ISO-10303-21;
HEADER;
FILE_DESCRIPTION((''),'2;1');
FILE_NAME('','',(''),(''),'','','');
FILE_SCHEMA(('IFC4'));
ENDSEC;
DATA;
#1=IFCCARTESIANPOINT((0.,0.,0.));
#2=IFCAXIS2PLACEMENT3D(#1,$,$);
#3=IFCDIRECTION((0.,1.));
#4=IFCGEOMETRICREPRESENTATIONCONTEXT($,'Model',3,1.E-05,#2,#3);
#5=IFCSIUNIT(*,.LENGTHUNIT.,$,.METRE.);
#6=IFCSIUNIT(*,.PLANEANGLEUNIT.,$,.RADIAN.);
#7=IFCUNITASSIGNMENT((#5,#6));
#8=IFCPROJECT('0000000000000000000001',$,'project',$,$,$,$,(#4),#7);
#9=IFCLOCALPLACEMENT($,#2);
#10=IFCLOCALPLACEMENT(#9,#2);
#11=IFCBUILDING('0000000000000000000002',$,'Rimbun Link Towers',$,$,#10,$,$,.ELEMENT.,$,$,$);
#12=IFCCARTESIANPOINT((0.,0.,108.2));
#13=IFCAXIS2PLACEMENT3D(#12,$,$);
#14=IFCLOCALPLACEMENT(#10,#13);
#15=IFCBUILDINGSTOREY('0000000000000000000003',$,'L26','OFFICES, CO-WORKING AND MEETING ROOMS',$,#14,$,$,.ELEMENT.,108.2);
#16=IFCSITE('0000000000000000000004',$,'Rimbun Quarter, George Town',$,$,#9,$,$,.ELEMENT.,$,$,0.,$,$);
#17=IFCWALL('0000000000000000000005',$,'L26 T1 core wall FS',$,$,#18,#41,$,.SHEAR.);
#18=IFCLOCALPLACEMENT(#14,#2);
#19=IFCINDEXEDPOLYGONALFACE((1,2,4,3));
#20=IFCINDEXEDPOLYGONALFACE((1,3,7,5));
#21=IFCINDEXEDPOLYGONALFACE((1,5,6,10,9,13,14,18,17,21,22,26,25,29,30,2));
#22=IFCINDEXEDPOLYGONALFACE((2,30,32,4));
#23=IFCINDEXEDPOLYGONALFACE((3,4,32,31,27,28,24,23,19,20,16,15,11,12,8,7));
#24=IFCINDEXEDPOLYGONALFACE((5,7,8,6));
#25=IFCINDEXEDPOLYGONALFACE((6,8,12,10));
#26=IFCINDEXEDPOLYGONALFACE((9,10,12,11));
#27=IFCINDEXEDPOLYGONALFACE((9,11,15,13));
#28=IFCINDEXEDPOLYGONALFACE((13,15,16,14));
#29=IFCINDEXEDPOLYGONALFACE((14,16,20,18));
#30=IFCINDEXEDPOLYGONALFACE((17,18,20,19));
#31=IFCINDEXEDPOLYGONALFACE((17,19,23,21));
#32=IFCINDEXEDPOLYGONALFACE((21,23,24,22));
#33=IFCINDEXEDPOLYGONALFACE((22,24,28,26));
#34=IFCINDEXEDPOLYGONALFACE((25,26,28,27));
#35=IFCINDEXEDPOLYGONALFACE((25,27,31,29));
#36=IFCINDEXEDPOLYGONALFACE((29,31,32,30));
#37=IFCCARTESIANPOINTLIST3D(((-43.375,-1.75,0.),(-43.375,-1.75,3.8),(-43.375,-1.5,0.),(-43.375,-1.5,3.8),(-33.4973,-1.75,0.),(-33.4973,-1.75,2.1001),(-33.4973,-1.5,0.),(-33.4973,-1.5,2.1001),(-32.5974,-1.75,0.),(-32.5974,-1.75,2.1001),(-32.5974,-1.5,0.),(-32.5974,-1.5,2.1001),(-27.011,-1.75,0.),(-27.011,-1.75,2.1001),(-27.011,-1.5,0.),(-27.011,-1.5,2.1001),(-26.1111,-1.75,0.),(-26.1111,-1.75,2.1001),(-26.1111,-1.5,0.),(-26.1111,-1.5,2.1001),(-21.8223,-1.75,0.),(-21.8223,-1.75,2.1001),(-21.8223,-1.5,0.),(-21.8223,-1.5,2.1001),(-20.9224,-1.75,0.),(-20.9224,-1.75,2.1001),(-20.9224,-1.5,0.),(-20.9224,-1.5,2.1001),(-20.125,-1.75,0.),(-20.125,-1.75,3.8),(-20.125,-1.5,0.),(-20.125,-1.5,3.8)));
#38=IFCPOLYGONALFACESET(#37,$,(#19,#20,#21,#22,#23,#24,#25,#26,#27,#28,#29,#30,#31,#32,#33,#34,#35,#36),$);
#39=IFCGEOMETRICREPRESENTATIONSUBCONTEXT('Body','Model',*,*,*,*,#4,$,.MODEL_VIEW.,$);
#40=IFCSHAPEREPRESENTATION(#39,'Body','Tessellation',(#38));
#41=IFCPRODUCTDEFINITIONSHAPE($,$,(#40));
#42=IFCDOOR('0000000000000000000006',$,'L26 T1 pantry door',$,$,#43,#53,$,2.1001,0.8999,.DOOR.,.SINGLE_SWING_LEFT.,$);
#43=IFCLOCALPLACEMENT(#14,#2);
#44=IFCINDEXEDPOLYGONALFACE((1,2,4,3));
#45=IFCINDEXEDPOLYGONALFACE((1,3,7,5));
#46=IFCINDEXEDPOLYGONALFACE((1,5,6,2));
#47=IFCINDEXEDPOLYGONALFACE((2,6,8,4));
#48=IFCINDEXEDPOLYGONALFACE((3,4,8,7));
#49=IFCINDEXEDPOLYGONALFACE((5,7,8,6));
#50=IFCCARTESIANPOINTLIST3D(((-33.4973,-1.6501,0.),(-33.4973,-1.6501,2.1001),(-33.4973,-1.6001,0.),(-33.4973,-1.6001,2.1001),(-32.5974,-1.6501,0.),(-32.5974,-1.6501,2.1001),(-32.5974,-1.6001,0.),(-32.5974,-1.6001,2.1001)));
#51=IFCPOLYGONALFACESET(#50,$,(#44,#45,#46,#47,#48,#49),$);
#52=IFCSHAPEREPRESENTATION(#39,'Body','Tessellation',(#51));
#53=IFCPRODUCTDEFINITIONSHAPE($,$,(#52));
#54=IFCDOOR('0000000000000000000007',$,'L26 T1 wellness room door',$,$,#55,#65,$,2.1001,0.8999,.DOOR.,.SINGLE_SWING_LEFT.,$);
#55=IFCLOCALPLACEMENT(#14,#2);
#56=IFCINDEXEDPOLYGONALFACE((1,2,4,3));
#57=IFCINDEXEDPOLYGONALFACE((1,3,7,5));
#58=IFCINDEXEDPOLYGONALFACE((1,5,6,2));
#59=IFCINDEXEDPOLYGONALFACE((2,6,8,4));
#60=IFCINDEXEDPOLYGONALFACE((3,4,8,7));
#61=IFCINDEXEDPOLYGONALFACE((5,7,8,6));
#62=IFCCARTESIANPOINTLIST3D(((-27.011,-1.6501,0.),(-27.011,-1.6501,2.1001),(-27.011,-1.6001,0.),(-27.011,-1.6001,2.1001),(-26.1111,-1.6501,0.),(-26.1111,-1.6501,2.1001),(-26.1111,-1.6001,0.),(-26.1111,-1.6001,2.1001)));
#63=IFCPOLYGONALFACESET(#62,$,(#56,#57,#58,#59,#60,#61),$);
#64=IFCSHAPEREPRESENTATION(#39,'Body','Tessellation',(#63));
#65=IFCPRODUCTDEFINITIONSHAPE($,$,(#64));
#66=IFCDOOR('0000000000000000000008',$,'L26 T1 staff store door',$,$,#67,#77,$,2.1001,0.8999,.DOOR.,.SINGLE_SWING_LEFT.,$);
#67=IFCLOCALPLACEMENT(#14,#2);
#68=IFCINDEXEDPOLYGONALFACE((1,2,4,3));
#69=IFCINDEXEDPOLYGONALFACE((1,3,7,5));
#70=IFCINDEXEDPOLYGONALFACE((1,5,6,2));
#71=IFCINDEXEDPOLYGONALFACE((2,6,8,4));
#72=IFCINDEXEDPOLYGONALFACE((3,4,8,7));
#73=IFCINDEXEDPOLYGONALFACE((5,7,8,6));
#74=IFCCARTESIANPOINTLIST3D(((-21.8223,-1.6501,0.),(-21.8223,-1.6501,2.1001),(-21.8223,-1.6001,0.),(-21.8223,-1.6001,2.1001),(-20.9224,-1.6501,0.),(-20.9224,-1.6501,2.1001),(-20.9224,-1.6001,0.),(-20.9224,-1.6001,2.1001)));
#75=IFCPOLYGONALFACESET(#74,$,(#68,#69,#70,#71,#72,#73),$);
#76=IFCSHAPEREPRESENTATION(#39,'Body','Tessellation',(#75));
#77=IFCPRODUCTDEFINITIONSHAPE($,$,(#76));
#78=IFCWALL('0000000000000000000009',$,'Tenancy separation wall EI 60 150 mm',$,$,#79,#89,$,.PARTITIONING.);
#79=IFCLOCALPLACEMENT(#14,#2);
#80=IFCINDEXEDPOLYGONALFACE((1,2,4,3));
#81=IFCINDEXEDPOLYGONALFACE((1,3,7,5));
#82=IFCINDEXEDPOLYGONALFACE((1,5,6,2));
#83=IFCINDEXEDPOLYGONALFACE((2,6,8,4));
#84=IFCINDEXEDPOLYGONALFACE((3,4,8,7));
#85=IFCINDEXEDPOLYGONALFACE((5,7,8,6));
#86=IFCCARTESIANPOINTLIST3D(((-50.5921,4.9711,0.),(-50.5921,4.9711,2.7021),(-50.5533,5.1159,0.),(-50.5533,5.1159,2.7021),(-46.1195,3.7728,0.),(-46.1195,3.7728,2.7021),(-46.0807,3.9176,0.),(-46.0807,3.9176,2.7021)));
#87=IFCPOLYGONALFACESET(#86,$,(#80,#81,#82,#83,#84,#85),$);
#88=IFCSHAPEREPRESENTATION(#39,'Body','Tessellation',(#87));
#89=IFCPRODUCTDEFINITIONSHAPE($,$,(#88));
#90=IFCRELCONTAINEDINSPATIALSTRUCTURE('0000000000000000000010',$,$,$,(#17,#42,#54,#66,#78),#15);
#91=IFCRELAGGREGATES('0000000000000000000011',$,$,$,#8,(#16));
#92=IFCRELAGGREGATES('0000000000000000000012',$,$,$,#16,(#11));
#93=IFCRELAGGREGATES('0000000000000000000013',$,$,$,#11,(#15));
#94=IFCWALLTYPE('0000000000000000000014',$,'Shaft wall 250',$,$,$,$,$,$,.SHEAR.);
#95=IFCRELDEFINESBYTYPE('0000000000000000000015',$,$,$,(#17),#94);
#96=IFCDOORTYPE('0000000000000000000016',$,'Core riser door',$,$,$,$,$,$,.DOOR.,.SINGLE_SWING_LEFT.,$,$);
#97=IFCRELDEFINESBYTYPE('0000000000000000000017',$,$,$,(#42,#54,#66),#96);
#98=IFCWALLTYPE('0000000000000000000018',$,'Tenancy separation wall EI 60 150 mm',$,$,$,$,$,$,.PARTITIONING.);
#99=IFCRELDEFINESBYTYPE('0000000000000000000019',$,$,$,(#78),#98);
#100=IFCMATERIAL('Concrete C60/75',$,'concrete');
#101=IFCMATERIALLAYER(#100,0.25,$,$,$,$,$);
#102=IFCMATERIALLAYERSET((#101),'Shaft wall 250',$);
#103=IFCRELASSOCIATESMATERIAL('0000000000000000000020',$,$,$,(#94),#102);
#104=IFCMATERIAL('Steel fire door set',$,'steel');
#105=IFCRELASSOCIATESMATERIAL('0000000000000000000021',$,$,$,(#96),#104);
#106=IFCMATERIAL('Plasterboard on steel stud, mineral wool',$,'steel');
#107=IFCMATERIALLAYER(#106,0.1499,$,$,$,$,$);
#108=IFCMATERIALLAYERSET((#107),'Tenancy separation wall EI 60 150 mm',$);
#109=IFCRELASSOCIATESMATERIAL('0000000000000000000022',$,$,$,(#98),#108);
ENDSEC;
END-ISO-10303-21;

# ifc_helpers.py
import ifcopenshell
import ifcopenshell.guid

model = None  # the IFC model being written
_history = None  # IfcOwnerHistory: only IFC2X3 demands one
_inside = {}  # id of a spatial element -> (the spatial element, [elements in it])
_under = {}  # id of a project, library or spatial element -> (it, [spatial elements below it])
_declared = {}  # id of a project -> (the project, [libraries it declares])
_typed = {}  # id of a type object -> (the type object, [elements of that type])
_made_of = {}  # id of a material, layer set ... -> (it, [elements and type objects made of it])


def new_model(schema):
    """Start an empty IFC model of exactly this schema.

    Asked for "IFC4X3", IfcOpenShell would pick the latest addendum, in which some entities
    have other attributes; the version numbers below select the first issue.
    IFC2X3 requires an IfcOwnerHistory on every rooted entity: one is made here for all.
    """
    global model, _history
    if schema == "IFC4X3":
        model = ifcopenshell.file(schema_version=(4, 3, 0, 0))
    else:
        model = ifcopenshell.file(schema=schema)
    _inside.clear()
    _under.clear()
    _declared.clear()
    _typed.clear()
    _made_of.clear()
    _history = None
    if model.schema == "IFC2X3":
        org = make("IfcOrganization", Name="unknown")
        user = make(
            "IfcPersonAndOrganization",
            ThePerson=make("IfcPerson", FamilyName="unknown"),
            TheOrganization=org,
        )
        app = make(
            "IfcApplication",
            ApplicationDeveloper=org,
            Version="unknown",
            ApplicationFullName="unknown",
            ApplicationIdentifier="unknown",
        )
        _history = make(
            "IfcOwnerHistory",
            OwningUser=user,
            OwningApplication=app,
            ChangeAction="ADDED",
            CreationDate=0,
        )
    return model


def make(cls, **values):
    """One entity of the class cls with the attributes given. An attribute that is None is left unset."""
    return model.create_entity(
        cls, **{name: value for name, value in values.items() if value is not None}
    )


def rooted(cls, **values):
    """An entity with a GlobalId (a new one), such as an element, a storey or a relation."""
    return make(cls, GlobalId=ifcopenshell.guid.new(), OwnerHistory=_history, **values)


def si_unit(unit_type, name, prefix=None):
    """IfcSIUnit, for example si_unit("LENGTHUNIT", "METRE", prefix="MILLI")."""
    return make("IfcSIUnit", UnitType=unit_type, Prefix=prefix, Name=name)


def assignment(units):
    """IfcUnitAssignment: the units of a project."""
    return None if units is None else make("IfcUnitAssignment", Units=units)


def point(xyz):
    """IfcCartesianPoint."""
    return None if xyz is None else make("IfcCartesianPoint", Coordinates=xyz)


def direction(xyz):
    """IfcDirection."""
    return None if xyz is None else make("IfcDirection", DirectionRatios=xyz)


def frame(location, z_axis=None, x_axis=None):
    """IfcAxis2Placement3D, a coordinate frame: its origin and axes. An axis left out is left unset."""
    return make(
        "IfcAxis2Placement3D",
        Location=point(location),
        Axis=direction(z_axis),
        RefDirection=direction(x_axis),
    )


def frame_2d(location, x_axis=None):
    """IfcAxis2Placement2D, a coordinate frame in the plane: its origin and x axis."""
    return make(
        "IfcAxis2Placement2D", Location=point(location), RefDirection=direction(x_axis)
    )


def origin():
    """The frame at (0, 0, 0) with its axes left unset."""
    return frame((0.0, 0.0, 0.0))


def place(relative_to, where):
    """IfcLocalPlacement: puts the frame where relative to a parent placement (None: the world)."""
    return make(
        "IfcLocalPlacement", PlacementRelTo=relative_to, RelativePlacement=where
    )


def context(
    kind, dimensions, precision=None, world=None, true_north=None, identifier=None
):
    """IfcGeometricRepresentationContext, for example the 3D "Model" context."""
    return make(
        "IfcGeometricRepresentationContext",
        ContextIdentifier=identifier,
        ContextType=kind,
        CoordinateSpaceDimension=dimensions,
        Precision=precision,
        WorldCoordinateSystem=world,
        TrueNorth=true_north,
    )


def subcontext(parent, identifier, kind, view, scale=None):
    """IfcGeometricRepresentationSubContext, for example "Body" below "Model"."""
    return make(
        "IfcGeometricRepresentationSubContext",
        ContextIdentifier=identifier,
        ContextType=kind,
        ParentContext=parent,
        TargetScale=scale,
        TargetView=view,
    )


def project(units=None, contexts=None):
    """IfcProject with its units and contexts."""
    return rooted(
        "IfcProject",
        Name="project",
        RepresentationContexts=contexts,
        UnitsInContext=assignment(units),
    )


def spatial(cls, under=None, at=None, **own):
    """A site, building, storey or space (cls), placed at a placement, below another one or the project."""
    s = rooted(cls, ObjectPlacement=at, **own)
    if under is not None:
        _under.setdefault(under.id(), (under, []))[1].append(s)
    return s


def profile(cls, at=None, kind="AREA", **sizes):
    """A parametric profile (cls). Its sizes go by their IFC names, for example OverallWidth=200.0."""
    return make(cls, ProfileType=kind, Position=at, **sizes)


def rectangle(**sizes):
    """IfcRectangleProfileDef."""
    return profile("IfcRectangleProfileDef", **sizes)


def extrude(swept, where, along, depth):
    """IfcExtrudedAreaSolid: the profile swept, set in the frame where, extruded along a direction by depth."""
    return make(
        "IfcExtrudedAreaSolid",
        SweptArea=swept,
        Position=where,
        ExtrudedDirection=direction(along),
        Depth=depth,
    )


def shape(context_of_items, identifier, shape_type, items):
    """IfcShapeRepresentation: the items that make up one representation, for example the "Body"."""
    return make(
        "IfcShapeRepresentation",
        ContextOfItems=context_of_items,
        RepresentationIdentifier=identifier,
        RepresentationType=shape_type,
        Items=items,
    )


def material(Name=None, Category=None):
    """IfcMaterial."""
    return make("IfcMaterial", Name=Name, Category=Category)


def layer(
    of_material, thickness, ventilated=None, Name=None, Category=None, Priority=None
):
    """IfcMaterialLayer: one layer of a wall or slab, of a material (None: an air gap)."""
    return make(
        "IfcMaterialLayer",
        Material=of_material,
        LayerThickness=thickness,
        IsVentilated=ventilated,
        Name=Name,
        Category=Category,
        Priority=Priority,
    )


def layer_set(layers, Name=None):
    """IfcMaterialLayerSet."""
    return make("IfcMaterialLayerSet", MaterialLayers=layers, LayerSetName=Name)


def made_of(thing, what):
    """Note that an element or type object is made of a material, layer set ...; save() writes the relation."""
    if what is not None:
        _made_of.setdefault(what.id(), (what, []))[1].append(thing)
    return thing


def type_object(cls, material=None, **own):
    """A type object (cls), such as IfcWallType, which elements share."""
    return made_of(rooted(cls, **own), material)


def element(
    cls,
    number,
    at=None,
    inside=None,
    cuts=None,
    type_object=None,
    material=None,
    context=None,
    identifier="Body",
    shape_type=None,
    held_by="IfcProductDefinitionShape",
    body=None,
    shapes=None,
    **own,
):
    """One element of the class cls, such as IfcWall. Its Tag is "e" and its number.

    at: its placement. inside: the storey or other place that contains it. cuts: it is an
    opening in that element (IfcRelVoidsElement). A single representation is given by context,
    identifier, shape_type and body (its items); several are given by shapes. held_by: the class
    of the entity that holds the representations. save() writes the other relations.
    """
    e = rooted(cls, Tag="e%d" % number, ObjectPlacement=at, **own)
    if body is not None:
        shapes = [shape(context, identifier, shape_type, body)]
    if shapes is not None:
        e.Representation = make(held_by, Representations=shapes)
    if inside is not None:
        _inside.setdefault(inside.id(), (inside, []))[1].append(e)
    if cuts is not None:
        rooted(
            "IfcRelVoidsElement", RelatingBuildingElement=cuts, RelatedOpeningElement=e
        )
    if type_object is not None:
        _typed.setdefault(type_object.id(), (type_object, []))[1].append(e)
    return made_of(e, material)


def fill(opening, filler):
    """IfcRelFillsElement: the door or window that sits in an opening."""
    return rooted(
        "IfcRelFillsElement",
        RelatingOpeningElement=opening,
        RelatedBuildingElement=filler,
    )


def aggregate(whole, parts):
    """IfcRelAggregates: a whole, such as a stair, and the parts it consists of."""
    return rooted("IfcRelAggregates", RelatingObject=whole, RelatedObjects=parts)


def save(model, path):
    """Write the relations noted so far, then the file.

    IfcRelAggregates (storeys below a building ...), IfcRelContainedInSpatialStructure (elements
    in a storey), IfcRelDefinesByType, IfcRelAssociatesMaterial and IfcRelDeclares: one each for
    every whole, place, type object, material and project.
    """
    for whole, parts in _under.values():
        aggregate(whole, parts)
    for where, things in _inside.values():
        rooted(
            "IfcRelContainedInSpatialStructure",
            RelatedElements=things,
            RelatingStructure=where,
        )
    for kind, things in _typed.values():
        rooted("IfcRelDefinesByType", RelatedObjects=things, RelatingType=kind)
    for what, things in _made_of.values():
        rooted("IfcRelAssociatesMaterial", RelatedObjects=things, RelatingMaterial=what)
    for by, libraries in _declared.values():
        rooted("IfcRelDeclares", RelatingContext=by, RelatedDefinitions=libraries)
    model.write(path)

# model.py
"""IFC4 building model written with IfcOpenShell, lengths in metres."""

from ifc_helpers import new_model, si_unit, direction, frame, frame_2d, origin, place, context, subcontext, project, spatial, rectangle, extrude, material, layer, layer_set, type_object, element, fill, save


model = new_model("IFC4")

# Units and contexts
model_context = context("Model", 3, precision=1e-05, world=origin(), true_north=direction((0.0, 1.0)))
body_context = subcontext(model_context, "Body", "Model", "MODEL_VIEW")
ifc_project = project(units=[si_unit("LENGTHUNIT", "METRE"), si_unit("PLANEANGLEUNIT", "RADIAN")], contexts=[model_context])

# Site, building, storey
site_placement = place(None, origin())
site = spatial("IfcSite", under=ifc_project, at=site_placement, Name="Rimbun Quarter, George Town", CompositionType="ELEMENT", RefElevation=0.0)
building_placement = place(site_placement, origin())
building = spatial("IfcBuilding", under=site, at=building_placement, Name="Rimbun Link Towers", CompositionType="ELEMENT")
storey_placement = place(building_placement, frame((0.0, 0.0, 108.2)))
storey = spatial("IfcBuildingStorey", under=building, at=storey_placement, Name="L26", Description="OFFICES, CO-WORKING AND MEETING ROOMS", CompositionType="ELEMENT", Elevation=108.2)

# Shared definitions
ifc_material_1 = material(Name="Concrete C60/75", Category="concrete")
ifc_layer_1 = layer(ifc_material_1, 0.25)
ifc_layer_set_1 = layer_set([ifc_layer_1], Name="Shaft wall 250")
wall_type_1 = type_object("IfcWallType", Name="Shaft wall 250", PredefinedType="SHEAR", material=ifc_layer_set_1)

# Wall, openings, doors
wall_1_placement = place(storey_placement, frame((-43.375, -1.625, 0.0), z_axis=(0.0, 0.0, 1.0), x_axis=(1.0, 0.0, 0.0)))
wall_1 = element("IfcWall", 1, at=wall_1_placement, inside=storey, type_object=wall_type_1, Name="L26 T1 core wall FS", PredefinedType="SHEAR", context=body_context, shape_type="SweptSolid", body=[
    extrude(rectangle(XDim=23.25, YDim=0.25, at=frame_2d((11.625, 0.0))), origin(), (0.0, 0.0, 1.0), 3.8),
])
opening_1_placement = place(wall_1_placement, frame((9.8777, 0.0, 0.0)))
opening_1 = element("IfcOpeningElement", 2, at=opening_1_placement, cuts=wall_1, PredefinedType="OPENING", context=body_context, shape_type="SweptSolid", body=[
    extrude(rectangle(XDim=0.8999, YDim=2.1001, at=frame_2d((0.45, 1.05))), frame((0.0, 0.135, 0.0), z_axis=(0.0, -1.0, 0.0), x_axis=(1.0, 0.0, 0.0)), (0.0, 0.0, 1.0), 0.27),
])
opening_2_placement = place(wall_1_placement, frame((16.364, 0.0, 0.0)))
opening_2 = element("IfcOpeningElement", 3, at=opening_2_placement, cuts=wall_1, PredefinedType="OPENING", context=body_context, shape_type="SweptSolid", body=[
    extrude(rectangle(XDim=0.8999, YDim=2.1001, at=frame_2d((0.45, 1.05))), frame((0.0, 0.135, 0.0), z_axis=(0.0, -1.0, 0.0), x_axis=(1.0, 0.0, 0.0)), (0.0, 0.0, 1.0), 0.27),
])
opening_3_placement = place(wall_1_placement, frame((21.5527, 0.0, 0.0)))
opening_3 = element("IfcOpeningElement", 4, at=opening_3_placement, cuts=wall_1, PredefinedType="OPENING", context=body_context, shape_type="SweptSolid", body=[
    extrude(rectangle(XDim=0.8999, YDim=2.1001, at=frame_2d((0.45, 1.05))), frame((0.0, 0.135, 0.0), z_axis=(0.0, -1.0, 0.0), x_axis=(1.0, 0.0, 0.0)), (0.0, 0.0, 1.0), 0.27),
])
ifc_material_2 = material(Name="Steel fire door set", Category="steel")
door_type_1 = type_object("IfcDoorType", Name="Core riser door", OperationType="SINGLE_SWING_LEFT", PredefinedType="DOOR", material=ifc_material_2)
door_1_placement = place(opening_1_placement, origin())
door_1 = element("IfcDoor", 5, at=door_1_placement, inside=storey, type_object=door_type_1, Name="L26 T1 pantry door", OperationType="SINGLE_SWING_LEFT", OverallHeight=2.1001, OverallWidth=0.8999, PredefinedType="DOOR", context=body_context, shape_type="SweptSolid", body=[
    extrude(rectangle(XDim=0.8999, YDim=2.1001, at=frame_2d((0.45, 1.05))), frame((0.0, 0.0249, 0.0), z_axis=(0.0, -1.0, 0.0), x_axis=(1.0, 0.0, 0.0)), (0.0, 0.0, 1.0), 0.05),
])
fill(opening_1, door_1)
door_2_placement = place(opening_2_placement, origin())
door_2 = element("IfcDoor", 6, at=door_2_placement, inside=storey, type_object=door_type_1, Name="L26 T1 wellness room door", OperationType="SINGLE_SWING_LEFT", OverallHeight=2.1001, OverallWidth=0.8999, PredefinedType="DOOR", context=body_context, shape_type="SweptSolid", body=[
    extrude(rectangle(XDim=0.8999, YDim=2.1001, at=frame_2d((0.45, 1.05))), frame((0.0, 0.0249, 0.0), z_axis=(0.0, -1.0, 0.0), x_axis=(1.0, 0.0, 0.0)), (0.0, 0.0, 1.0), 0.05),
])
fill(opening_2, door_2)
door_3_placement = place(opening_3_placement, origin())
door_3 = element("IfcDoor", 7, at=door_3_placement, inside=storey, type_object=door_type_1, Name="L26 T1 staff store door", OperationType="SINGLE_SWING_LEFT", OverallHeight=2.1001, OverallWidth=0.8999, PredefinedType="DOOR", context=body_context, shape_type="SweptSolid", body=[
    extrude(rectangle(XDim=0.8999, YDim=2.1001, at=frame_2d((0.45, 1.05))), frame((0.0, 0.0249, 0.0), z_axis=(0.0, -1.0, 0.0), x_axis=(1.0, 0.0, 0.0)), (0.0, 0.0, 1.0), 0.05),
])
fill(opening_3, door_3)

# Wall
ifc_material_3 = material(Name="Plasterboard on steel stud, mineral wool", Category="steel")
ifc_layer_2 = layer(ifc_material_3, 0.1499)
ifc_layer_set_2 = layer_set([ifc_layer_2], Name="Tenancy separation wall EI 60 150 mm")
wall_type_2 = type_object("IfcWallType", Name="Tenancy separation wall EI 60 150 mm", PredefinedType="PARTITIONING", material=ifc_layer_set_2)
wall_2_placement = place(storey_placement, frame((-46.1001, 3.8452, 0.0), z_axis=(0.0, 0.0, 1.0), x_axis=(-0.965937, 0.258778, 0.0)))
element("IfcWall", 8, at=wall_2_placement, inside=storey, type_object=wall_type_2, Name="Tenancy separation wall EI 60 150 mm", PredefinedType="PARTITIONING", context=body_context, shape_type="SweptSolid", body=[
    extrude(rectangle(XDim=4.6304, YDim=0.1499, at=frame_2d((2.3152, 0.0))), origin(), (0.0, 0.0, 1.0), 2.7021),
])

save(model, "model.ifc")
